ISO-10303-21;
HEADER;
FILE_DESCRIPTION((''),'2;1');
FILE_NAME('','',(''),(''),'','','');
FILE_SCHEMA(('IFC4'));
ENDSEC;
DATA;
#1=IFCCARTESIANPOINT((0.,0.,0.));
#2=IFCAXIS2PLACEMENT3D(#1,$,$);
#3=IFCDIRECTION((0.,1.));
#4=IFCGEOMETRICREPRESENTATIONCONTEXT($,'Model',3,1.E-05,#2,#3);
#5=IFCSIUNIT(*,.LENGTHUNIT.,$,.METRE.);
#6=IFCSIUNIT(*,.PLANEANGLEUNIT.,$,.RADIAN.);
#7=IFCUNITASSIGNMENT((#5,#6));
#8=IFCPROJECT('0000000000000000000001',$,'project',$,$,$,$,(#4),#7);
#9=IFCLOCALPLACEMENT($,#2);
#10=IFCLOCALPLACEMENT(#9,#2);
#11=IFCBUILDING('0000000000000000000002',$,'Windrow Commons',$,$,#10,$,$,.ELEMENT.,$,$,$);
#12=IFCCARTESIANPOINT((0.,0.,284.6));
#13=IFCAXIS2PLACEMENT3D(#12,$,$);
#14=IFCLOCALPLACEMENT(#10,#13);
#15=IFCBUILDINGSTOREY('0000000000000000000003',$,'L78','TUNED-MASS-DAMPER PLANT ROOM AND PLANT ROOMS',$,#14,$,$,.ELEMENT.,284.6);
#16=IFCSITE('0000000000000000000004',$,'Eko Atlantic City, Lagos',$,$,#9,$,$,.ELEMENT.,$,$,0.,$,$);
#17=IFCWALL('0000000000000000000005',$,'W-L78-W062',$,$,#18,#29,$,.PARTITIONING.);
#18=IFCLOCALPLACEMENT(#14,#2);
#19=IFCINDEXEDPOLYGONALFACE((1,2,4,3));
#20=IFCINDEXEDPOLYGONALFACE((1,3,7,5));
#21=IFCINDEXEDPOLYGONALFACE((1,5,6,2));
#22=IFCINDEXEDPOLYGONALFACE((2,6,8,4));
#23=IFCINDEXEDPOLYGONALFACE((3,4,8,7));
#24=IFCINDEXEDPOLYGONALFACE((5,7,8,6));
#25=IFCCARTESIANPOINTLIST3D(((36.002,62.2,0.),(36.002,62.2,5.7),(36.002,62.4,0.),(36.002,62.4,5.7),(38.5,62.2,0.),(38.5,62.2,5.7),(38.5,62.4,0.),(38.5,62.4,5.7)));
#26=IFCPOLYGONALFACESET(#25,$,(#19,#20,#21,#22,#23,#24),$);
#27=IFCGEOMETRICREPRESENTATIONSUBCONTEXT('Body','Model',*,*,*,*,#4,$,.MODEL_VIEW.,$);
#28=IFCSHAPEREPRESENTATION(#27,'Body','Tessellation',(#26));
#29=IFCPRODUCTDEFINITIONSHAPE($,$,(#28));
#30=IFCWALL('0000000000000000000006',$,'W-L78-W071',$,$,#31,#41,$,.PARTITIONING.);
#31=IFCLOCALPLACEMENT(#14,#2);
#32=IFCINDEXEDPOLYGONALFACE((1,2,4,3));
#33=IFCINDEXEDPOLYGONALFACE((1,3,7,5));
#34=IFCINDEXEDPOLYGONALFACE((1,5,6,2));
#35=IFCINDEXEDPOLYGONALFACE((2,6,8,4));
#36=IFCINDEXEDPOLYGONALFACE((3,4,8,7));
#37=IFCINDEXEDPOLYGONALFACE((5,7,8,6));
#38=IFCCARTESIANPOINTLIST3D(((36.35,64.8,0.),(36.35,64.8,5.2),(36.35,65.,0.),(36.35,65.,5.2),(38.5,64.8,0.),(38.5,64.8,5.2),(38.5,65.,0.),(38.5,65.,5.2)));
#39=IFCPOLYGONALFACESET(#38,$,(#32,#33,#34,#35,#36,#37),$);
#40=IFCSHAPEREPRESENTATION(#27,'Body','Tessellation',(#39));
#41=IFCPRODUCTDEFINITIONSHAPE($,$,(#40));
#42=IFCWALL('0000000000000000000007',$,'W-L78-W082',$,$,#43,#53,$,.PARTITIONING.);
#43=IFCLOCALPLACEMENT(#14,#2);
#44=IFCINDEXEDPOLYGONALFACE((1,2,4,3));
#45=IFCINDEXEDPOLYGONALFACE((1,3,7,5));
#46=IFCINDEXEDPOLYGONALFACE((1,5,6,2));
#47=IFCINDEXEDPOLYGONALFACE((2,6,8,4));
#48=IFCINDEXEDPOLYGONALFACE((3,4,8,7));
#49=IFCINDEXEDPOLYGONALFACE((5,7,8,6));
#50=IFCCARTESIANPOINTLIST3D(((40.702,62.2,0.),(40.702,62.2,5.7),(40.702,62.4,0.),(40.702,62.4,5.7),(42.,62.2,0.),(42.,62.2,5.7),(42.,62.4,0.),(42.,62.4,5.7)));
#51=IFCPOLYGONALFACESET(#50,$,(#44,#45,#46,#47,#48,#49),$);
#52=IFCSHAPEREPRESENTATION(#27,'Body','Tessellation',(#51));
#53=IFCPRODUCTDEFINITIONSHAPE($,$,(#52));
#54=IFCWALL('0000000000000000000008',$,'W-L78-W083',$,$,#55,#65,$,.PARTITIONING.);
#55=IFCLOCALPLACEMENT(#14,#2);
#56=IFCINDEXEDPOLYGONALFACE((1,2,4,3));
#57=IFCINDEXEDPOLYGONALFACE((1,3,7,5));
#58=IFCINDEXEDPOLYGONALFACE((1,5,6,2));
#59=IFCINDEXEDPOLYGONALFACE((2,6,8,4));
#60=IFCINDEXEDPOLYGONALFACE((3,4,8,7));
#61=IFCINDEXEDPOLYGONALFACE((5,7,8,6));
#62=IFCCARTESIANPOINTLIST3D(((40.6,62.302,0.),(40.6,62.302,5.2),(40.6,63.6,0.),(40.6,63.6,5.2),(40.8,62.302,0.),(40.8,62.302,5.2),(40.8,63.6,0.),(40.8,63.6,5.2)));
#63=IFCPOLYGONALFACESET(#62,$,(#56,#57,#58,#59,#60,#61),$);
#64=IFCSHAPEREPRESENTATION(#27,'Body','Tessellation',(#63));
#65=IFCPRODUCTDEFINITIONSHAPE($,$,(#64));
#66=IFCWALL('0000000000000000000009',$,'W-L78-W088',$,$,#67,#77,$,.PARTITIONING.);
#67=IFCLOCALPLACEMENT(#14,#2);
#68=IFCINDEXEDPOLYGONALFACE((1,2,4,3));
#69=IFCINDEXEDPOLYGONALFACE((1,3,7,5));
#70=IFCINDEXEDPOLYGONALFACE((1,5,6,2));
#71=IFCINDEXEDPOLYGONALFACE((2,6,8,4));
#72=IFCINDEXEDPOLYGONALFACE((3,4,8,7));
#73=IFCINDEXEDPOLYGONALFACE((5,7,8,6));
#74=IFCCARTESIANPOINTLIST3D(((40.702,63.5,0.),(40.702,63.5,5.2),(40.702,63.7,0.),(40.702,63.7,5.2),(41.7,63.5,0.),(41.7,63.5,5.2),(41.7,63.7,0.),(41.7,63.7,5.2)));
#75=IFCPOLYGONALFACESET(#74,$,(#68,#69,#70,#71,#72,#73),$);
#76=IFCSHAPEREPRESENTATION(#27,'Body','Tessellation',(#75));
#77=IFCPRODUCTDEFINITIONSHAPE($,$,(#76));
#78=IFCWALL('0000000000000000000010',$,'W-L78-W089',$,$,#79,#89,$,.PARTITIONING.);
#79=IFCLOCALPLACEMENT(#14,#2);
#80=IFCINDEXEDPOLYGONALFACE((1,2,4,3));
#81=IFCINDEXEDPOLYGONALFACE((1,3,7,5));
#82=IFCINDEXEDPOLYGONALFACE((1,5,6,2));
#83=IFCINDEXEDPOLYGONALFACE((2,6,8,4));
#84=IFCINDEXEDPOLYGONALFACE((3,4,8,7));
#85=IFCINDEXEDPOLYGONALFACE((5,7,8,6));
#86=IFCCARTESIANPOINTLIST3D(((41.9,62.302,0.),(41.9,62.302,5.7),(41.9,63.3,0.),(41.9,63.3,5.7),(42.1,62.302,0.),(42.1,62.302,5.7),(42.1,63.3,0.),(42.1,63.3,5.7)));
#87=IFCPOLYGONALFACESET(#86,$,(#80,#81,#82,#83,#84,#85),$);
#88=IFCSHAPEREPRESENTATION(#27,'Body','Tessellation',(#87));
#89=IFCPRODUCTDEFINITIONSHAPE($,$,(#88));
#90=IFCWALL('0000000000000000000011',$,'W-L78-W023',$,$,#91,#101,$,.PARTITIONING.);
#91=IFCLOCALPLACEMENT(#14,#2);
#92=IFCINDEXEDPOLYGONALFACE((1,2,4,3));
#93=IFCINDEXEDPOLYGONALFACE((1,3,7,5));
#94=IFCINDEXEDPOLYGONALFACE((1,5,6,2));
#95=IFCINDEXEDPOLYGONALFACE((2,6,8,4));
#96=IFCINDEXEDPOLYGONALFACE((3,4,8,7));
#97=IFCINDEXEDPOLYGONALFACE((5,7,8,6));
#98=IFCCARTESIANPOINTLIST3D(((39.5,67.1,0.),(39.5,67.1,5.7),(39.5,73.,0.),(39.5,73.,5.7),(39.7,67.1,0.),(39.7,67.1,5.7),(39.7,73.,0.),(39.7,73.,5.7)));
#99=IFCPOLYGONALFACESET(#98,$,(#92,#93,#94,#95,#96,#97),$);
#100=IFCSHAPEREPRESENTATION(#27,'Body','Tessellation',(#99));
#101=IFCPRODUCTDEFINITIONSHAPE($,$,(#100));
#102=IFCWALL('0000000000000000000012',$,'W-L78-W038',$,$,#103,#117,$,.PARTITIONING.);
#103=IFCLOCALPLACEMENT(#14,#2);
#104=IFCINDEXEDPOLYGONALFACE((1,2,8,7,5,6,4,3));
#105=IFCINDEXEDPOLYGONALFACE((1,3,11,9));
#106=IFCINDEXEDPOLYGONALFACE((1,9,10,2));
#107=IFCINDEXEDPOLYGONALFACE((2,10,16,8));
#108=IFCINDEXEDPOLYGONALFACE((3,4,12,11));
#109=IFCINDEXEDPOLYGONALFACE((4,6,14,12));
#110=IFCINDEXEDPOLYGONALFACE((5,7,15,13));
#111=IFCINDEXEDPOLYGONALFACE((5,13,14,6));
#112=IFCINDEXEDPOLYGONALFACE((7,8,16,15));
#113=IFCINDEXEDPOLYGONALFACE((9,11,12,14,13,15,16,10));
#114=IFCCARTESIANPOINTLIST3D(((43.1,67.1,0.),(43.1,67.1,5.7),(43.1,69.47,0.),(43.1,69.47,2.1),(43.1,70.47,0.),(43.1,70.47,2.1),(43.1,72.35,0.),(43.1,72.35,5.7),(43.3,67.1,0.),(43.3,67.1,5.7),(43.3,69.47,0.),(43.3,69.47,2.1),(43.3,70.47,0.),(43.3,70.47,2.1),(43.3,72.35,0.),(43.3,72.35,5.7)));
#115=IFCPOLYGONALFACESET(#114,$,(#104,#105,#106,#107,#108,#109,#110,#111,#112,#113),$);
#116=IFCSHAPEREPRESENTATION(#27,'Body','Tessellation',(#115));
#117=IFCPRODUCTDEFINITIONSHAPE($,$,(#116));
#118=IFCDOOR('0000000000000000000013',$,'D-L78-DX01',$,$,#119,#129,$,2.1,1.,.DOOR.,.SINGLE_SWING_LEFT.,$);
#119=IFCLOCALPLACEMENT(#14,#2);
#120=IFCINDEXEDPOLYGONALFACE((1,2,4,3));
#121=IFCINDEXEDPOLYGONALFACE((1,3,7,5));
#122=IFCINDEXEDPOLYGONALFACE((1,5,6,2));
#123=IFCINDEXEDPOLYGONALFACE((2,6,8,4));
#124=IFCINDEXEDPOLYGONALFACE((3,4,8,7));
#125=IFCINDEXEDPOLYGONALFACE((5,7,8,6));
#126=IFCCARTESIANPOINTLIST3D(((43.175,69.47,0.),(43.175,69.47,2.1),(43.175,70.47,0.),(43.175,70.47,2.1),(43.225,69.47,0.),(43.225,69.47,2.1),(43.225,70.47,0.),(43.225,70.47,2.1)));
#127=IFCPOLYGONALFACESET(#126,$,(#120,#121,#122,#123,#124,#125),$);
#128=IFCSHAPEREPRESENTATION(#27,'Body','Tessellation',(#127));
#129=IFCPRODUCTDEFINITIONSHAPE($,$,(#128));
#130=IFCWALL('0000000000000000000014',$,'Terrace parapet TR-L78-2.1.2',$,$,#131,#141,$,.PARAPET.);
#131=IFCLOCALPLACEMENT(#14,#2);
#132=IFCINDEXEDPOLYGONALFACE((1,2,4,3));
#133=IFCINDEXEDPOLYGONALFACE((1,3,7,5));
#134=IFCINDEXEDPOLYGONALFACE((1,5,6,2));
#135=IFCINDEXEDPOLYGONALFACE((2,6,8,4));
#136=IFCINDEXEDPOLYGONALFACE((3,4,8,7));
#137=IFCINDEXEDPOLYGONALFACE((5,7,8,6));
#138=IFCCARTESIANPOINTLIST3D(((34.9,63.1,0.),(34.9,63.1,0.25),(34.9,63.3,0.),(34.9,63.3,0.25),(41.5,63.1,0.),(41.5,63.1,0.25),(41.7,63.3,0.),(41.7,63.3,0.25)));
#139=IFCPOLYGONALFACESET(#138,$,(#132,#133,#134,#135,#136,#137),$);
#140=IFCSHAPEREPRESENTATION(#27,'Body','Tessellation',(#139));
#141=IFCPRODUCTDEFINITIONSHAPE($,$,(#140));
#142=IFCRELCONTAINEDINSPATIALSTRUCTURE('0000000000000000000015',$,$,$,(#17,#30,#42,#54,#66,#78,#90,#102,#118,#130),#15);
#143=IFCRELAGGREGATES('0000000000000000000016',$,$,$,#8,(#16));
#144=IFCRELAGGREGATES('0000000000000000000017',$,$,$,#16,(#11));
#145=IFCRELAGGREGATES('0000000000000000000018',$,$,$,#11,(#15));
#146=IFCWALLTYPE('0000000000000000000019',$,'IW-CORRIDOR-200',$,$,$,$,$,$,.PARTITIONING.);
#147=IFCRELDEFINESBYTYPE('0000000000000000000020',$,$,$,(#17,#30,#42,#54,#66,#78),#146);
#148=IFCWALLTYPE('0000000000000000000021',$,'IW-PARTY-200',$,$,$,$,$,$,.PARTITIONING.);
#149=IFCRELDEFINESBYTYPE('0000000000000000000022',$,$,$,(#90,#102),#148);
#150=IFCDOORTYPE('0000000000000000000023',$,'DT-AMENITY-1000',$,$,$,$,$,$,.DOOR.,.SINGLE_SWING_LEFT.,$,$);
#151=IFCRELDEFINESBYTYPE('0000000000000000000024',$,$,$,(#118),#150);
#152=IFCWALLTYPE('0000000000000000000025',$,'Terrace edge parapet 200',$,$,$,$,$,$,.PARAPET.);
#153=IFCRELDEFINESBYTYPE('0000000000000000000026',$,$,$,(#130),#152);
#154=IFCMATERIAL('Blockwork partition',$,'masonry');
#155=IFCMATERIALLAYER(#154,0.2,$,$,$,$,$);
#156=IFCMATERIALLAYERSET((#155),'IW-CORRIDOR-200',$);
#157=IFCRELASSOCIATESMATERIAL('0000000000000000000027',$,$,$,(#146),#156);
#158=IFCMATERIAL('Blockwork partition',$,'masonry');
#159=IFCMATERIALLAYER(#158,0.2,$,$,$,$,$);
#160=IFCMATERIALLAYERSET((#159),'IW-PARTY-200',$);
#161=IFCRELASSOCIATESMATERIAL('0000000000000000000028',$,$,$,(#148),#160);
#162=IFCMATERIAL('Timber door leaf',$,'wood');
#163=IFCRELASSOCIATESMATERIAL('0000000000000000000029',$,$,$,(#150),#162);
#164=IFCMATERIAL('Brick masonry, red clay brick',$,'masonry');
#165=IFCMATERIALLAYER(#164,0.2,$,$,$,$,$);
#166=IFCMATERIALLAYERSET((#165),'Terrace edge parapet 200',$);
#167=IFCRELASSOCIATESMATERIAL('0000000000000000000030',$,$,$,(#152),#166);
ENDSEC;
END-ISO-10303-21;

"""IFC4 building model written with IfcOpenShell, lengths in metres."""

from ifc_helpers import new_model, si_unit, direction, frame, frame_2d, origin, place, context, subcontext, project, spatial, polyline, rectangle, outline, extrude, material, layer, layer_set, type_object, element, fill, save


model = new_model("IFC4")

# Units and contexts
model_context = context("Model", 3, precision=1e-05, world=origin(), true_north=direction((0.0, 1.0)))
body_context = subcontext(model_context, "Body", "Model", "MODEL_VIEW")
ifc_project = project(units=[si_unit("LENGTHUNIT", "METRE"), si_unit("PLANEANGLEUNIT", "RADIAN")], contexts=[model_context])

# Site, building, storey
site_placement = place(None, origin())
site = spatial("IfcSite", under=ifc_project, at=site_placement, Name="Eko Atlantic City, Lagos", CompositionType="ELEMENT", RefElevation=0.0)
building_placement = place(site_placement, origin())
building = spatial("IfcBuilding", under=site, at=building_placement, Name="Windrow Commons", CompositionType="ELEMENT")
storey_placement = place(building_placement, frame((0.0, 0.0, 284.6)))
storey = spatial("IfcBuildingStorey", under=building, at=storey_placement, Name="L78", Description="TUNED-MASS-DAMPER PLANT ROOM AND PLANT ROOMS", CompositionType="ELEMENT", Elevation=284.6)

# Shared definitions
ifc_material_1 = material(Name="Blockwork partition", Category="masonry")
ifc_layer_1 = layer(ifc_material_1, 0.2)
ifc_layer_set_1 = layer_set([ifc_layer_1], Name="IW-CORRIDOR-200")
wall_type_1 = type_object("IfcWallType", Name="IW-CORRIDOR-200", PredefinedType="PARTITIONING", material=ifc_layer_set_1)

# Walls
wall_1_placement = place(storey_placement, frame((36.002, 62.3, 0.0), z_axis=(0.0, 0.0, 1.0), x_axis=(1.0, 0.0, 0.0)))
element("IfcWall", 1, at=wall_1_placement, inside=storey, type_object=wall_type_1, Name="W-L78-W062", PredefinedType="PARTITIONING", context=body_context, shape_type="SweptSolid", body=[
    extrude(rectangle(XDim=2.498, YDim=0.2, at=frame_2d((1.249, 0.0))), origin(), (0.0, 0.0, 1.0), 5.7),
])
wall_2_placement = place(storey_placement, frame((36.35, 64.9, 0.0), z_axis=(0.0, 0.0, 1.0), x_axis=(1.0, 0.0, 0.0)))
element("IfcWall", 2, at=wall_2_placement, inside=storey, type_object=wall_type_1, Name="W-L78-W071", PredefinedType="PARTITIONING", context=body_context, shape_type="SweptSolid", body=[
    extrude(rectangle(XDim=2.15, YDim=0.2, at=frame_2d((1.075, 0.0))), origin(), (0.0, 0.0, 1.0), 5.2),
])
wall_3_placement = place(storey_placement, frame((40.702, 62.3, 0.0), z_axis=(0.0, 0.0, 1.0), x_axis=(1.0, 0.0, 0.0)))
element("IfcWall", 3, at=wall_3_placement, inside=storey, type_object=wall_type_1, Name="W-L78-W082", PredefinedType="PARTITIONING", context=body_context, shape_type="SweptSolid", body=[
    extrude(rectangle(XDim=1.298, YDim=0.2, at=frame_2d((0.649, 0.0))), origin(), (0.0, 0.0, 1.0), 5.7),
])
wall_4_placement = place(storey_placement, frame((40.7, 62.302, 0.0), z_axis=(0.0, 0.0, 1.0), x_axis=(0.0, 1.0, 0.0)))
element("IfcWall", 4, at=wall_4_placement, inside=storey, type_object=wall_type_1, Name="W-L78-W083", PredefinedType="PARTITIONING", context=body_context, shape_type="SweptSolid", body=[
    extrude(rectangle(XDim=1.298, YDim=0.2, at=frame_2d((0.649, 0.0))), origin(), (0.0, 0.0, 1.0), 5.2),
])
wall_5_placement = place(storey_placement, frame((40.702, 63.6, 0.0), z_axis=(0.0, 0.0, 1.0), x_axis=(1.0, 0.0, 0.0)))
element("IfcWall", 5, at=wall_5_placement, inside=storey, type_object=wall_type_1, Name="W-L78-W088", PredefinedType="PARTITIONING", context=body_context, shape_type="SweptSolid", body=[
    extrude(rectangle(XDim=0.998, YDim=0.2, at=frame_2d((0.499, 0.0))), origin(), (0.0, 0.0, 1.0), 5.2),
])
wall_6_placement = place(storey_placement, frame((42.0, 62.302, 0.0), z_axis=(0.0, 0.0, 1.0), x_axis=(0.0, 1.0, 0.0)))
element("IfcWall", 6, at=wall_6_placement, inside=storey, type_object=wall_type_1, Name="W-L78-W089", PredefinedType="PARTITIONING", context=body_context, shape_type="SweptSolid", body=[
    extrude(rectangle(XDim=0.998, YDim=0.2, at=frame_2d((0.499, 0.0))), origin(), (0.0, 0.0, 1.0), 5.7),
])
ifc_material_2 = material(Name="Blockwork partition", Category="masonry")
ifc_layer_2 = layer(ifc_material_2, 0.2)
ifc_layer_set_2 = layer_set([ifc_layer_2], Name="IW-PARTY-200")
wall_type_2 = type_object("IfcWallType", Name="IW-PARTY-200", PredefinedType="PARTITIONING", material=ifc_layer_set_2)
wall_7_placement = place(storey_placement, frame((39.6, 67.1, 0.0), z_axis=(0.0, 0.0, 1.0), x_axis=(0.0, 1.0, 0.0)))
element("IfcWall", 7, at=wall_7_placement, inside=storey, type_object=wall_type_2, Name="W-L78-W023", PredefinedType="PARTITIONING", context=body_context, shape_type="SweptSolid", body=[
    extrude(rectangle(XDim=5.9, YDim=0.2, at=frame_2d((2.95, 0.0))), origin(), (0.0, 0.0, 1.0), 5.7),
])

# Wall, opening, door
wall_8_placement = place(storey_placement, frame((43.2, 67.1, 0.0), z_axis=(0.0, 0.0, 1.0), x_axis=(0.0, 1.0, 0.0)))
wall_8 = element("IfcWall", 8, at=wall_8_placement, inside=storey, type_object=wall_type_2, Name="W-L78-W038", PredefinedType="PARTITIONING", context=body_context, shape_type="SweptSolid", body=[
    extrude(rectangle(XDim=5.25, YDim=0.2, at=frame_2d((2.625, 0.0))), origin(), (0.0, 0.0, 1.0), 5.7),
])
opening_1_placement = place(wall_8_placement, frame((2.37, 0.0, 0.0)))
opening_1 = element("IfcOpeningElement", 9, at=opening_1_placement, cuts=wall_8, PredefinedType="OPENING", context=body_context, shape_type="SweptSolid", body=[
    extrude(rectangle(XDim=1.0, YDim=2.1, at=frame_2d((0.5, 1.05))), frame((0.0, 0.11, 0.0), z_axis=(0.0, -1.0, 0.0), x_axis=(1.0, 0.0, 0.0)), (0.0, 0.0, 1.0), 0.22),
])
ifc_material_3 = material(Name="Timber door leaf", Category="wood")
door_type_1 = type_object("IfcDoorType", Name="DT-AMENITY-1000", OperationType="SINGLE_SWING_LEFT", PredefinedType="DOOR", material=ifc_material_3)
door_1_placement = place(opening_1_placement, origin())
door_1 = element("IfcDoor", 10, at=door_1_placement, inside=storey, type_object=door_type_1, Name="D-L78-DX01", OperationType="SINGLE_SWING_LEFT", OverallHeight=2.1, OverallWidth=1.0, PredefinedType="DOOR", context=body_context, shape_type="SweptSolid", body=[
    extrude(rectangle(XDim=1.0, YDim=2.1, at=frame_2d((0.5, 1.05))), frame((0.0, 0.025, 0.0), z_axis=(0.0, -1.0, 0.0), x_axis=(1.0, 0.0, 0.0)), (0.0, 0.0, 1.0), 0.05),
])
fill(opening_1, door_1)

# Wall
ifc_material_4 = material(Name="Brick masonry, red clay brick", Category="masonry")
ifc_layer_3 = layer(ifc_material_4, 0.2)
ifc_layer_set_3 = layer_set([ifc_layer_3], Name="Terrace edge parapet 200")
wall_type_3 = type_object("IfcWallType", Name="Terrace edge parapet 200", PredefinedType="PARAPET", material=ifc_layer_set_3)
wall_9_placement = place(storey_placement, frame((41.6, 63.2, 0.0), z_axis=(0.0, 0.0, 1.0), x_axis=(-1.0, 0.0, 0.0)))
element("IfcWall", 11, at=wall_9_placement, inside=storey, type_object=wall_type_3, Name="Terrace parapet TR-L78-2.1.2", PredefinedType="PARAPET", context=body_context, shape_type="SweptSolid", body=[
    extrude(outline(polyline([(-0.1, -0.1), (6.7, -0.1), (6.7, 0.1), (0.1, 0.1), (-0.1, -0.1)])), origin(), (0.0, 0.0, 1.0), 0.25),
])

save(model, "model.ifc")
